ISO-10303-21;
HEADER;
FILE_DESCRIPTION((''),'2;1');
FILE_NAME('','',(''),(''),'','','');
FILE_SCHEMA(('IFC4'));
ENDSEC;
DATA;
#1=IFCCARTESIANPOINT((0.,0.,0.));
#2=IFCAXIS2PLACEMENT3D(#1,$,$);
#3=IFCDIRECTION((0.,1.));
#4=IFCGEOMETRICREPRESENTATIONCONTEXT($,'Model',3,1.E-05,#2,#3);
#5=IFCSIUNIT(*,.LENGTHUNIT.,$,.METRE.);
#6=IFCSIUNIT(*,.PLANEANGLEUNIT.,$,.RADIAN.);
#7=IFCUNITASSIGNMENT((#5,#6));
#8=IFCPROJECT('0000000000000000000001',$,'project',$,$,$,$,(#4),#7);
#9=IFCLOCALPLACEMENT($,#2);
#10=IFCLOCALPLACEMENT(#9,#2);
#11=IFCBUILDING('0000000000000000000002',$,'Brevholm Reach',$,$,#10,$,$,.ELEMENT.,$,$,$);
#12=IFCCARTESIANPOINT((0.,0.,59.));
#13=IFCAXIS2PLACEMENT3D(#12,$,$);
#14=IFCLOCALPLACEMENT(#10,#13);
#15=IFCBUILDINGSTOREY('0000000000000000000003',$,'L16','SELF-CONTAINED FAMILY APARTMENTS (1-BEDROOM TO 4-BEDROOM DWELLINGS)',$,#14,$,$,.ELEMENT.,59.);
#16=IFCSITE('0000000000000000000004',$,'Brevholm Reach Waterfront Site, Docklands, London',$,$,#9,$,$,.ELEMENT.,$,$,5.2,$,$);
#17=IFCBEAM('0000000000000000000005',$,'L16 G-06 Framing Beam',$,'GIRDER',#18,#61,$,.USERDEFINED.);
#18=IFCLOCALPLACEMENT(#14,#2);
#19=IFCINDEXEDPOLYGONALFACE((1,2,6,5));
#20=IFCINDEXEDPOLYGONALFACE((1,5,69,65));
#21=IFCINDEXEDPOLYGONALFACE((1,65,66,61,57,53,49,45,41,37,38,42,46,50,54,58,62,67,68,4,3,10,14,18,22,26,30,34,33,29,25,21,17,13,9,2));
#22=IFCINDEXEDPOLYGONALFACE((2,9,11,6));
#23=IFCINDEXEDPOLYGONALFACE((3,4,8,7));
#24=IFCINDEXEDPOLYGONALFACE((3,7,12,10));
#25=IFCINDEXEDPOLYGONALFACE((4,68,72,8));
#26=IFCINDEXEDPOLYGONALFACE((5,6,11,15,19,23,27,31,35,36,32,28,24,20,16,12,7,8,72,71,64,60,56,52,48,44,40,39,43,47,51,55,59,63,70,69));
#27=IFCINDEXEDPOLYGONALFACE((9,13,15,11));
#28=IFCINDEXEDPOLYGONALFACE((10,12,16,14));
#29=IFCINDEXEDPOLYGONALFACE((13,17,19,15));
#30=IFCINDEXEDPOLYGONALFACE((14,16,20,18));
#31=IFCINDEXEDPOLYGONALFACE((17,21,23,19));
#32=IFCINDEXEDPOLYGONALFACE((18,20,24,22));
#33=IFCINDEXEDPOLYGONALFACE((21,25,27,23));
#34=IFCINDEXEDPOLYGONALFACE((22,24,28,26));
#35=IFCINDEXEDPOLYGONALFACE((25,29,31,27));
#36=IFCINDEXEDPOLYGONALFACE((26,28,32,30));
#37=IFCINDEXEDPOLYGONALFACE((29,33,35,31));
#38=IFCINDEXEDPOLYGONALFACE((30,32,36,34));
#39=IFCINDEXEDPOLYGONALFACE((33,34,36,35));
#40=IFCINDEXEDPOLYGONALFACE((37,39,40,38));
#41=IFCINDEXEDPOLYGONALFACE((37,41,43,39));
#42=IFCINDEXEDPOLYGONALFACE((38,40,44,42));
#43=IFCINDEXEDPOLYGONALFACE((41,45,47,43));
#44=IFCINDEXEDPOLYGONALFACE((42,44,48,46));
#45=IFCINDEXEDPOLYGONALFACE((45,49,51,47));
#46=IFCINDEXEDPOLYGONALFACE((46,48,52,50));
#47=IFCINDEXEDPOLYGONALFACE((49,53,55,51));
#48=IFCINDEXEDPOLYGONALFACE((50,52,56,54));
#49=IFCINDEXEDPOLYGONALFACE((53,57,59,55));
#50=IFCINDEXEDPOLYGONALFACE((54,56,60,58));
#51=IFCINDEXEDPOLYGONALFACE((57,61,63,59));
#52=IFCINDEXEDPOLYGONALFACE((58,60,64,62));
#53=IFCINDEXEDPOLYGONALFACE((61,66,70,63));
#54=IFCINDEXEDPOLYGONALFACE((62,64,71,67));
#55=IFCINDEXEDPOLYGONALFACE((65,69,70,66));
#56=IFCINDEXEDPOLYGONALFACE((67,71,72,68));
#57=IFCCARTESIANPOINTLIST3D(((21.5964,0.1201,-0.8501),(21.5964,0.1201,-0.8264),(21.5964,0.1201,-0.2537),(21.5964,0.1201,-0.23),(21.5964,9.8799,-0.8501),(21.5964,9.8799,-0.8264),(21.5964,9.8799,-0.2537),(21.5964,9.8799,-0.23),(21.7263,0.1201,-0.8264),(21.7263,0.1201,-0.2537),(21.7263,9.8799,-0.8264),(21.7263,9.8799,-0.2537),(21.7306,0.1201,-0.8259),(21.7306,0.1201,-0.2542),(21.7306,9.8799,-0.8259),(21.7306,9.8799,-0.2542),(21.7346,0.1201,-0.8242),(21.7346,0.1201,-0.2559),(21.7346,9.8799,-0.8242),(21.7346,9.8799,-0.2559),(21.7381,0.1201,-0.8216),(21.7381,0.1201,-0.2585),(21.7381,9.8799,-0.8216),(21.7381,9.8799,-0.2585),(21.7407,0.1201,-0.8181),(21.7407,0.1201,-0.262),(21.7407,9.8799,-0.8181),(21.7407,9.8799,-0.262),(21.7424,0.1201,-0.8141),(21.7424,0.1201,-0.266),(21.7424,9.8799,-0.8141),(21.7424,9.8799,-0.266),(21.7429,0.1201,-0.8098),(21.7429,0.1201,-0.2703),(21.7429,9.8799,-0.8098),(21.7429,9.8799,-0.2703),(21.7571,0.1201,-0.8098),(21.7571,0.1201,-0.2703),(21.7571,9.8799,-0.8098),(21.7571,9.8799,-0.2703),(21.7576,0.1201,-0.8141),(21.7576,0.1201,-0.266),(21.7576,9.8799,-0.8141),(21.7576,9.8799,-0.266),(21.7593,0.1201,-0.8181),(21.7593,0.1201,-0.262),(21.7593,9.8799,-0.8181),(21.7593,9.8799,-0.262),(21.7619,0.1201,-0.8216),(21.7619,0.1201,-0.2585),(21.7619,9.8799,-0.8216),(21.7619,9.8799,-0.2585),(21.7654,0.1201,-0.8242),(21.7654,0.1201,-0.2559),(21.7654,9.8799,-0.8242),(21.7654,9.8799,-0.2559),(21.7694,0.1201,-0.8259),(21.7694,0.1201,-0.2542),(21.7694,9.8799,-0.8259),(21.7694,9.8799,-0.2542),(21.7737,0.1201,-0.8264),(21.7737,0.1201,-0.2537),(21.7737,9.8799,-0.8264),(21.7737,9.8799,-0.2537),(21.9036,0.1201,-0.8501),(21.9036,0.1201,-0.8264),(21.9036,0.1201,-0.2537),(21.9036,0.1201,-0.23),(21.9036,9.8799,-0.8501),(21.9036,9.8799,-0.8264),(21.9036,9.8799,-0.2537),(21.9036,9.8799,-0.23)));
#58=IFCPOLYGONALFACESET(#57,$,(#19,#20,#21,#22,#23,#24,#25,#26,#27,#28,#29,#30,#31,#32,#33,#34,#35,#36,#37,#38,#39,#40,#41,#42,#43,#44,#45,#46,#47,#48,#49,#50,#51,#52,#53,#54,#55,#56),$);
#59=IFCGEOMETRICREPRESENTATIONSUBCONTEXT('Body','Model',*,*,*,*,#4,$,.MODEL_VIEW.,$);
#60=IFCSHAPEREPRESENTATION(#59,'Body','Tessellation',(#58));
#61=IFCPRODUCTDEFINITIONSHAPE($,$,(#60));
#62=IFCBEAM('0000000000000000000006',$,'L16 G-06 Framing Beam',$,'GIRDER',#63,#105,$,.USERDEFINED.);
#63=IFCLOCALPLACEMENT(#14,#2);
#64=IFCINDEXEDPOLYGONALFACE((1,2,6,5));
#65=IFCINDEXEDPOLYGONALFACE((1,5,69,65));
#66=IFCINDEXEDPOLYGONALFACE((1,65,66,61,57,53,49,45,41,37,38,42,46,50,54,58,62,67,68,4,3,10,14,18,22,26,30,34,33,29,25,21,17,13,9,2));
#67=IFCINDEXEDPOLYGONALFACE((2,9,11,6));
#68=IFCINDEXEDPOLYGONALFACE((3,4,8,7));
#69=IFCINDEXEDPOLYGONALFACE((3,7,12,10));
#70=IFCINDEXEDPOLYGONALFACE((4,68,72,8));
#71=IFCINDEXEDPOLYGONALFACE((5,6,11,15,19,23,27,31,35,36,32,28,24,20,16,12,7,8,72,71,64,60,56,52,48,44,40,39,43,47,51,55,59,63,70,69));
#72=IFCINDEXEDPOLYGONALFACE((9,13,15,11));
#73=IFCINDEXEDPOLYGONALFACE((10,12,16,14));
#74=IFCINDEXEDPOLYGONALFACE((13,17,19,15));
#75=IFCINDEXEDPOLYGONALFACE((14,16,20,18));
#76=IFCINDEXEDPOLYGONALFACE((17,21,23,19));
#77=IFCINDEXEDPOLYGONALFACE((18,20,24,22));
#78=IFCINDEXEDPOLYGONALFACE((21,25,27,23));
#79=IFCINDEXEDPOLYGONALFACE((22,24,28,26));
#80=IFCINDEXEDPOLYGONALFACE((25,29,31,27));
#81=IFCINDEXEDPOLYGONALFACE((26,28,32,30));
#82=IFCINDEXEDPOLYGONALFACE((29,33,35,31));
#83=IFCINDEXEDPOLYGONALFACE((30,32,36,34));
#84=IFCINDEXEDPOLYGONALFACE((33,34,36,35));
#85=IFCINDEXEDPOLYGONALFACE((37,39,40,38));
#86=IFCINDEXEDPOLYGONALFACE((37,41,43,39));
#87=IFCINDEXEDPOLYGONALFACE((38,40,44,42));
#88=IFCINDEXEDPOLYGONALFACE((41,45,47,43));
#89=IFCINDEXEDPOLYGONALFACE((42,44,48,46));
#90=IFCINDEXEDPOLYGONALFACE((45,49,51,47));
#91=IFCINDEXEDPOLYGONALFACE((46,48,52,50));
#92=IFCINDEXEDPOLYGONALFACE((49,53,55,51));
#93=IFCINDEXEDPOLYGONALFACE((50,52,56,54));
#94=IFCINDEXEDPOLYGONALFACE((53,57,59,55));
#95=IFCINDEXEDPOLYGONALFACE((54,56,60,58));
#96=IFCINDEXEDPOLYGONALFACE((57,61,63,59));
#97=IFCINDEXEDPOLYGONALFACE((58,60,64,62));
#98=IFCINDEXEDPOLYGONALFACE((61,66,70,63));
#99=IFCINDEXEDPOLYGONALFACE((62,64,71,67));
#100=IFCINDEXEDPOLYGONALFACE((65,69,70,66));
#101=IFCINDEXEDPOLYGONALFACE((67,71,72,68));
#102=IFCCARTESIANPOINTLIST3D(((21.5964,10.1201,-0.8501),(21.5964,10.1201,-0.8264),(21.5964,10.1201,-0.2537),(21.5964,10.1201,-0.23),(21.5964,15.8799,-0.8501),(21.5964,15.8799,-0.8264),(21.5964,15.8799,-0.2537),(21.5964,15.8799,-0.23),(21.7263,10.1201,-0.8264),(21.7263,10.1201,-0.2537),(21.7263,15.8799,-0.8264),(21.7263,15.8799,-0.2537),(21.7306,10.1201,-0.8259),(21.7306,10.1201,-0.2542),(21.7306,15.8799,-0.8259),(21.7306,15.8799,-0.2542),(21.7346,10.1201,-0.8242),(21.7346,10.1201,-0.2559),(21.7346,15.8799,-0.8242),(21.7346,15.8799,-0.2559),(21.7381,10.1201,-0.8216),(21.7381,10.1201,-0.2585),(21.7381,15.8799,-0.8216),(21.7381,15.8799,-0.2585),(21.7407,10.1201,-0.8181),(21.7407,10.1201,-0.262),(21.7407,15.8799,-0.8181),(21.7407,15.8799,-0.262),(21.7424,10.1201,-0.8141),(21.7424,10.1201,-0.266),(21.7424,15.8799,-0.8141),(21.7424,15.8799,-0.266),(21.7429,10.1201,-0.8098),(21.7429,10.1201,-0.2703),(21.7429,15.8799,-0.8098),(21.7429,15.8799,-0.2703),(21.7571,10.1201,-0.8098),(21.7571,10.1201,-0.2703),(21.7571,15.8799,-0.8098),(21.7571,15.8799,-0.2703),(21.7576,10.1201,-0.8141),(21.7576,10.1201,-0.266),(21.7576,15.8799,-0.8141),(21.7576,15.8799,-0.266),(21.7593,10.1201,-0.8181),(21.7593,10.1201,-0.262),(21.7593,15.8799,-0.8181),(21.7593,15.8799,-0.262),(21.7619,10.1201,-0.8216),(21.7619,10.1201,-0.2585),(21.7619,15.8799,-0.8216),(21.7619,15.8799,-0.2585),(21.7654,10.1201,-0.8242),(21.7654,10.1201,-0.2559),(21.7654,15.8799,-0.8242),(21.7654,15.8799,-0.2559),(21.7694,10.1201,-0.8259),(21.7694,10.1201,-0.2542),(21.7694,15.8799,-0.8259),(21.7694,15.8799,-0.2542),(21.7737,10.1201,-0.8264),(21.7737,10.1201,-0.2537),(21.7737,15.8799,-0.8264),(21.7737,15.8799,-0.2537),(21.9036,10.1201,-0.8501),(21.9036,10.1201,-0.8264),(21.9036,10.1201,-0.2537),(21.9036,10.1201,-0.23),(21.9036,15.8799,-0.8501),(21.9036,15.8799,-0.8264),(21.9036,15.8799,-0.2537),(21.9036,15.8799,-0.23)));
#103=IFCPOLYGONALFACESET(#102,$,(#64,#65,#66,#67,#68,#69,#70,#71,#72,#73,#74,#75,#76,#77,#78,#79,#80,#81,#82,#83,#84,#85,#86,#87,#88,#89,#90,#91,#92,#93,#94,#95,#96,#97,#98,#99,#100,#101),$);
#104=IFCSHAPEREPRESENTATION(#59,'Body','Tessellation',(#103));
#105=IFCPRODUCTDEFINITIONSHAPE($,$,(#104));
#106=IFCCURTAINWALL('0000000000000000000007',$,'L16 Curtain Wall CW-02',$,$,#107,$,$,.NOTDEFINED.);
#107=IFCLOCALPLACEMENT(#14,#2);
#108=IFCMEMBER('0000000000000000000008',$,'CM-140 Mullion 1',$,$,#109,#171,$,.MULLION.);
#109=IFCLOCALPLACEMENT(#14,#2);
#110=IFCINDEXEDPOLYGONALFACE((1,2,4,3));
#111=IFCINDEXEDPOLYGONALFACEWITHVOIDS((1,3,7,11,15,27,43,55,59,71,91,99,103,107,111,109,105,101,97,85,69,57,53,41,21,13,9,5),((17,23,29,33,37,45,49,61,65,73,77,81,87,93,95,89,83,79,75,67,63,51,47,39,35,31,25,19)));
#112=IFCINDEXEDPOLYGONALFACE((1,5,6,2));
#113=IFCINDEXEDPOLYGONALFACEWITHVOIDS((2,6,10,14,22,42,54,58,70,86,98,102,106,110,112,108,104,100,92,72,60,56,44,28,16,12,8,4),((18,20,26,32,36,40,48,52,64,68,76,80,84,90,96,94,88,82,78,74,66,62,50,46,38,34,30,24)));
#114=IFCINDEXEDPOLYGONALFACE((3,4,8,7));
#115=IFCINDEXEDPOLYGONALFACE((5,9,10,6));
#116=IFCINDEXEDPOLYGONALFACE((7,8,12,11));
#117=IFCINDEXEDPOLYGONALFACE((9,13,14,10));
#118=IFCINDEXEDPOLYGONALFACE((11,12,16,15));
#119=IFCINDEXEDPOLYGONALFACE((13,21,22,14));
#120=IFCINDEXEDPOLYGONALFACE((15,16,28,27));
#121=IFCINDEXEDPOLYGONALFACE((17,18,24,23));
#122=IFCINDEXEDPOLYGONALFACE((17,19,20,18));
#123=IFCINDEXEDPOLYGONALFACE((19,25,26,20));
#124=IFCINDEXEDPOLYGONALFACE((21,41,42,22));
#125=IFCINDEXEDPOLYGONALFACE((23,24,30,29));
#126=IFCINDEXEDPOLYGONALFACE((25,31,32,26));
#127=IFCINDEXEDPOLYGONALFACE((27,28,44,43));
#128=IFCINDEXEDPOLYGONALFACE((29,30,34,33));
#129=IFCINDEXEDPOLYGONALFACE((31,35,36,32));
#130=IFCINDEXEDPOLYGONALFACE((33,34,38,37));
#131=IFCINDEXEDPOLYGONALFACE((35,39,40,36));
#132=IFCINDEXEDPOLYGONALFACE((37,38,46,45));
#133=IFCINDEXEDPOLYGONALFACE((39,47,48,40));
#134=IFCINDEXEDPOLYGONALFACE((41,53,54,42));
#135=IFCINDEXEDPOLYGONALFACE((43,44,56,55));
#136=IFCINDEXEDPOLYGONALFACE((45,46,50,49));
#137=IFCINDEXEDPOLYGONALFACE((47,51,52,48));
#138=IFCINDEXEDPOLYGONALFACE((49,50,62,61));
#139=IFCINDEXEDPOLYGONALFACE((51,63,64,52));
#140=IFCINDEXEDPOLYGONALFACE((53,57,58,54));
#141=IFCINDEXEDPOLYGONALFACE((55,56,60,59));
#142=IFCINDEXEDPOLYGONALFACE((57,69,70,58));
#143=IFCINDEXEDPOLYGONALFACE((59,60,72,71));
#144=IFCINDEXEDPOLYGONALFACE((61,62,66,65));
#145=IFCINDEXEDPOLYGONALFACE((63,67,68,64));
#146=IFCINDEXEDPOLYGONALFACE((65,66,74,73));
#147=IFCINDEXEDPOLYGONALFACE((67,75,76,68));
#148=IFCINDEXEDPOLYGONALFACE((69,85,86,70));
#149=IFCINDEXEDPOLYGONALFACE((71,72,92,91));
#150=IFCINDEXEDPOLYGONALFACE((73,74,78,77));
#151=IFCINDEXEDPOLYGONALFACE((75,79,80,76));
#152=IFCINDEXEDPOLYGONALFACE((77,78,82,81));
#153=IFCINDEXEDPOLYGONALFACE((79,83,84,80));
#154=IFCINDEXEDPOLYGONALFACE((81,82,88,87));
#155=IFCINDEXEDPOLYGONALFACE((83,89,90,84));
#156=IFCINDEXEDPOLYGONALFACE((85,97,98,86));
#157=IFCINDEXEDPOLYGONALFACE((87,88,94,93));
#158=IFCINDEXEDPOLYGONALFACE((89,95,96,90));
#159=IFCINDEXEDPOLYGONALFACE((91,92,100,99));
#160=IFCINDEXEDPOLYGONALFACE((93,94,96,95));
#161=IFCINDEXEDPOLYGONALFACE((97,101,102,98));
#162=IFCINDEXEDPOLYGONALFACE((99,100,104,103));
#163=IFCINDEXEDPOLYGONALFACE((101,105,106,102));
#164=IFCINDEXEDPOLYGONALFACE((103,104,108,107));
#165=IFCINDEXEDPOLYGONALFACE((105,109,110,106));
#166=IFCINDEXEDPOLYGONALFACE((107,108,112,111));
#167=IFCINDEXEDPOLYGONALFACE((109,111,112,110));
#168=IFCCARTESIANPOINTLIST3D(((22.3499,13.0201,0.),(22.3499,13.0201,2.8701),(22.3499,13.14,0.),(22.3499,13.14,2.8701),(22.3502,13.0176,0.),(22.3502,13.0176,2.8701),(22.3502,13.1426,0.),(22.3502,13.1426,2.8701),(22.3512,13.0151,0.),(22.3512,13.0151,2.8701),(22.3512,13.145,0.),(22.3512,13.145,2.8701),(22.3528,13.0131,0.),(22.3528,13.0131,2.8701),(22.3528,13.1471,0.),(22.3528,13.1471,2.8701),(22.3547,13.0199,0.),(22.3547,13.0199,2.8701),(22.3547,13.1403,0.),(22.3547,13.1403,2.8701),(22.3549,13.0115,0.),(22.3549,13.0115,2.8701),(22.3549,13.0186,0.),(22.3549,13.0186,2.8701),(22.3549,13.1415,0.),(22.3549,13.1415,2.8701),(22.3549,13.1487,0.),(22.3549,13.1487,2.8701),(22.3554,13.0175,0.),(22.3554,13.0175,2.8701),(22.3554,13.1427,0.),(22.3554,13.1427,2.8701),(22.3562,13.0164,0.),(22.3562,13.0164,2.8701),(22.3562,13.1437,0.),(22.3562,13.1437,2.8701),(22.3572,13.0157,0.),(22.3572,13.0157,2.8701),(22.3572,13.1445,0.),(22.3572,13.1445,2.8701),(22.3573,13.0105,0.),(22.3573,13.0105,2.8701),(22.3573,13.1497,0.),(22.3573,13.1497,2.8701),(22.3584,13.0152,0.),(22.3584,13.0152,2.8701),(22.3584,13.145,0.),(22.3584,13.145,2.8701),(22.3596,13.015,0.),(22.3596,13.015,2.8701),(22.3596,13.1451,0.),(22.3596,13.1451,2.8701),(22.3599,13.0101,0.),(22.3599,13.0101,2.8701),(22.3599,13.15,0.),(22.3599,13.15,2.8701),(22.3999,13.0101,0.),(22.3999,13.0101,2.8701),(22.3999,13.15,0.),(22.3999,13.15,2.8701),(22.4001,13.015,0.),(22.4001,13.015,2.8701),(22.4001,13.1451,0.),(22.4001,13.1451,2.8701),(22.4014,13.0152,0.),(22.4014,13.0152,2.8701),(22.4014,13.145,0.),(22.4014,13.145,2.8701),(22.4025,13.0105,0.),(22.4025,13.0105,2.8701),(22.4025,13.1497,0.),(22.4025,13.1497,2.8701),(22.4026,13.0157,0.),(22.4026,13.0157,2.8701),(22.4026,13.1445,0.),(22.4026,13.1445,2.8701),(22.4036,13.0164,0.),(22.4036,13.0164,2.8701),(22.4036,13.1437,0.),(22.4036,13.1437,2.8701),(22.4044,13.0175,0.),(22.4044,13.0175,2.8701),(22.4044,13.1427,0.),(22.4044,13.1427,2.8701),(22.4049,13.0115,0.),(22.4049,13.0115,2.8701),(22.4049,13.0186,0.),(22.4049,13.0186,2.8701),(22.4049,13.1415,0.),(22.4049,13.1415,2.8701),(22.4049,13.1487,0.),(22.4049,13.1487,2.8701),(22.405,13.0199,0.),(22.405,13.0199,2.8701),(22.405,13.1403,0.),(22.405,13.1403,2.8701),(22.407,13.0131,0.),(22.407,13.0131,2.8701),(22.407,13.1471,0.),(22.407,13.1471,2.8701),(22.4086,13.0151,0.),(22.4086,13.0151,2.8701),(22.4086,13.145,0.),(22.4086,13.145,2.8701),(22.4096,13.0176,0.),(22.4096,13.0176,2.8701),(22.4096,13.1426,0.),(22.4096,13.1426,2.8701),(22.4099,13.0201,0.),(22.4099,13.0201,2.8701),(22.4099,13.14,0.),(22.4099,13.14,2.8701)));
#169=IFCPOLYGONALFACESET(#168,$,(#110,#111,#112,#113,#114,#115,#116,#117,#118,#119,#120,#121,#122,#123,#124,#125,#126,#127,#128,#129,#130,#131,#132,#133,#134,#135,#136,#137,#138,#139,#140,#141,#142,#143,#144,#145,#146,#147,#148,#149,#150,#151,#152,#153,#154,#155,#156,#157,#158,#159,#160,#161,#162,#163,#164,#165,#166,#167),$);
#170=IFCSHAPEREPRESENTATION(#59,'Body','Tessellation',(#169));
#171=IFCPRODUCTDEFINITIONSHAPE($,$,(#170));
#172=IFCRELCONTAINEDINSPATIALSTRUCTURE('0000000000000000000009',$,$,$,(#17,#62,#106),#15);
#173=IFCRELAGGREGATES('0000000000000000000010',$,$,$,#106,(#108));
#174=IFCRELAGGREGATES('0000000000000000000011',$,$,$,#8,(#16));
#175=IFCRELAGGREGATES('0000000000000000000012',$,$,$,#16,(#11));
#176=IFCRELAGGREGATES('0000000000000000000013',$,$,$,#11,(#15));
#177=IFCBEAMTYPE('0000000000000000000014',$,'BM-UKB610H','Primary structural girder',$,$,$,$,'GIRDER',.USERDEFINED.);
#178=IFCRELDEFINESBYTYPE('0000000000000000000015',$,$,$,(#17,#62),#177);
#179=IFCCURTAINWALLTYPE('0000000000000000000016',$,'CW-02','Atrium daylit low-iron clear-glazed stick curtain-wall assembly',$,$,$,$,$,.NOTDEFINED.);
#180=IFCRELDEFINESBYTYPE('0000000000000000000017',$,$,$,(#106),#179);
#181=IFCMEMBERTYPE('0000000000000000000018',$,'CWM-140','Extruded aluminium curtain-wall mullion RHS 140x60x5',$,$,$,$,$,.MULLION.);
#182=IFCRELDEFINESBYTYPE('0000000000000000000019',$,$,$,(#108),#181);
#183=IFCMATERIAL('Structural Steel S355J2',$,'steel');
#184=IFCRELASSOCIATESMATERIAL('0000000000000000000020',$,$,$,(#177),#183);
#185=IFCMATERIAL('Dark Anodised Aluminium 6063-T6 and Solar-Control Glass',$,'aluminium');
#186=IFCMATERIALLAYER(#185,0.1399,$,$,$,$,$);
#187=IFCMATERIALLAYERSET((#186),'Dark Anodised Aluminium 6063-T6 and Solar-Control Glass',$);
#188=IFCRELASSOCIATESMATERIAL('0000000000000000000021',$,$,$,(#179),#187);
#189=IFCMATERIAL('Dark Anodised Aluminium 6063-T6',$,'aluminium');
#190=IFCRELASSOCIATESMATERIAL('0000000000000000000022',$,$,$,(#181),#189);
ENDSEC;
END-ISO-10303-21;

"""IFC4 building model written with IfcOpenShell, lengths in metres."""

from ifc_helpers import new_model, si_unit, direction, frame, origin, origin_2d, place, context, subcontext, project, spatial, hollow_rectangle, i_section, extrude, material, layer, layer_set, material_profile, profile_set, type_object, element, aggregate, save


model = new_model("IFC4")

# Units and contexts
model_context = context("Model", 3, precision=1e-05, world=origin(), true_north=direction((0.0, 1.0)))
body_context = subcontext(model_context, "Body", "Model", "MODEL_VIEW")
ifc_project = project(units=[si_unit("LENGTHUNIT", "METRE"), si_unit("PLANEANGLEUNIT", "RADIAN")], contexts=[model_context])

# Site, building, storey
site_placement = place(None, origin())
site = spatial("IfcSite", under=ifc_project, at=site_placement, Name="Brevholm Reach Waterfront Site, Docklands, London", CompositionType="ELEMENT", RefElevation=5.2)
building_placement = place(site_placement, origin())
building = spatial("IfcBuilding", under=site, at=building_placement, Name="Brevholm Reach", CompositionType="ELEMENT")
storey_placement = place(building_placement, frame((0.0, 0.0, 59.0)))
storey = spatial("IfcBuildingStorey", under=building, at=storey_placement, Name="L16", Description="SELF-CONTAINED FAMILY APARTMENTS (1-BEDROOM TO 4-BEDROOM DWELLINGS)", CompositionType="ELEMENT", Elevation=59.0)

# Beams
ifc_material_1 = material(Name="Structural Steel S355J2", Category="steel")
ifc_material_profile_1 = material_profile(ifc_material_1, i_section(OverallWidth=0.3071, OverallDepth=0.6201, WebThickness=0.0142, FlangeThickness=0.0237, FilletRadius=0.0166, at=origin_2d()), Name="UKB 610x305x179")
ifc_profile_set_1 = profile_set([ifc_material_profile_1], Name="Structural Steel S355J2")
beam_type_1 = type_object("IfcBeamType", Name="BM-UKB610H", Description="Primary structural girder", ElementType="GIRDER", PredefinedType="USERDEFINED", material=ifc_profile_set_1)
beam_1_placement = place(storey_placement, frame((21.75, 0.1201, -0.54), z_axis=(0.0, 1.0, 0.0), x_axis=(-1.0, 0.0, 0.0)))
element("IfcBeam", 1, at=beam_1_placement, inside=storey, type_object=beam_type_1, Name="L16 G-06 Framing Beam", ObjectType="GIRDER", PredefinedType="USERDEFINED", context=body_context, shape_type="SweptSolid", body=[
    extrude(i_section(OverallWidth=0.3071, OverallDepth=0.6201, WebThickness=0.0142, FlangeThickness=0.0237, FilletRadius=0.0166, at=origin_2d()), origin(), (0.0, 0.0, 1.0), 9.7598),
])
beam_2_placement = place(storey_placement, frame((21.75, 10.1201, -0.54), z_axis=(0.0, 1.0, 0.0), x_axis=(-1.0, 0.0, 0.0)))
element("IfcBeam", 2, at=beam_2_placement, inside=storey, type_object=beam_type_1, Name="L16 G-06 Framing Beam", ObjectType="GIRDER", PredefinedType="USERDEFINED", context=body_context, shape_type="SweptSolid", body=[
    extrude(i_section(OverallWidth=0.3071, OverallDepth=0.6201, WebThickness=0.0142, FlangeThickness=0.0237, FilletRadius=0.0166, at=origin_2d()), origin(), (0.0, 0.0, 1.0), 5.7598),
])

# Curtain wall, member
ifc_material_2 = material(Name="Dark Anodised Aluminium 6063-T6 and Solar-Control Glass", Category="aluminium")
ifc_layer_1 = layer(ifc_material_2, 0.1399)
ifc_layer_set_1 = layer_set([ifc_layer_1], Name="Dark Anodised Aluminium 6063-T6 and Solar-Control Glass")
curtain_wall_type = type_object("IfcCurtainWallType", Name="CW-02", Description="Atrium daylit low-iron clear-glazed stick curtain-wall assembly", PredefinedType="NOTDEFINED", material=ifc_layer_set_1)
curtain_wall_placement = place(storey_placement, origin())
curtain_wall = element("IfcCurtainWall", 3, at=curtain_wall_placement, inside=storey, type_object=curtain_wall_type, Name="L16 Curtain Wall CW-02", PredefinedType="NOTDEFINED")
ifc_material_3 = material(Name="Dark Anodised Aluminium 6063-T6", Category="aluminium")
ifc_material_profile_2 = material_profile(ifc_material_3, hollow_rectangle(XDim=0.0601, YDim=0.1399, WallThickness=0.0049, InnerFilletRadius=0.0049, OuterFilletRadius=0.01, at=origin_2d()), Name="RHS 140x60x5")
ifc_profile_set_2 = profile_set([ifc_material_profile_2], Name="Dark Anodised Aluminium 6063-T6")
member_type_1 = type_object("IfcMemberType", Name="CWM-140", Description="Extruded aluminium curtain-wall mullion RHS 140x60x5", PredefinedType="MULLION", material=ifc_profile_set_2)
member_1_placement = place(storey_placement, frame((22.3799, 13.0801, 0.0), z_axis=(0.0, 0.0, 1.0), x_axis=(1.0, 0.0, 0.0)))
member_1 = element("IfcMember", 4, at=member_1_placement, type_object=member_type_1, Name="CM-140 Mullion 1", PredefinedType="MULLION", context=body_context, shape_type="SweptSolid", body=[
    extrude(hollow_rectangle(XDim=0.0601, YDim=0.1399, WallThickness=0.0049, InnerFilletRadius=0.0049, OuterFilletRadius=0.01, at=origin_2d()), origin(), (0.0, 0.0, 1.0), 2.8701),
])
aggregate(curtain_wall, [member_1])

save(model, "model.ifc")
